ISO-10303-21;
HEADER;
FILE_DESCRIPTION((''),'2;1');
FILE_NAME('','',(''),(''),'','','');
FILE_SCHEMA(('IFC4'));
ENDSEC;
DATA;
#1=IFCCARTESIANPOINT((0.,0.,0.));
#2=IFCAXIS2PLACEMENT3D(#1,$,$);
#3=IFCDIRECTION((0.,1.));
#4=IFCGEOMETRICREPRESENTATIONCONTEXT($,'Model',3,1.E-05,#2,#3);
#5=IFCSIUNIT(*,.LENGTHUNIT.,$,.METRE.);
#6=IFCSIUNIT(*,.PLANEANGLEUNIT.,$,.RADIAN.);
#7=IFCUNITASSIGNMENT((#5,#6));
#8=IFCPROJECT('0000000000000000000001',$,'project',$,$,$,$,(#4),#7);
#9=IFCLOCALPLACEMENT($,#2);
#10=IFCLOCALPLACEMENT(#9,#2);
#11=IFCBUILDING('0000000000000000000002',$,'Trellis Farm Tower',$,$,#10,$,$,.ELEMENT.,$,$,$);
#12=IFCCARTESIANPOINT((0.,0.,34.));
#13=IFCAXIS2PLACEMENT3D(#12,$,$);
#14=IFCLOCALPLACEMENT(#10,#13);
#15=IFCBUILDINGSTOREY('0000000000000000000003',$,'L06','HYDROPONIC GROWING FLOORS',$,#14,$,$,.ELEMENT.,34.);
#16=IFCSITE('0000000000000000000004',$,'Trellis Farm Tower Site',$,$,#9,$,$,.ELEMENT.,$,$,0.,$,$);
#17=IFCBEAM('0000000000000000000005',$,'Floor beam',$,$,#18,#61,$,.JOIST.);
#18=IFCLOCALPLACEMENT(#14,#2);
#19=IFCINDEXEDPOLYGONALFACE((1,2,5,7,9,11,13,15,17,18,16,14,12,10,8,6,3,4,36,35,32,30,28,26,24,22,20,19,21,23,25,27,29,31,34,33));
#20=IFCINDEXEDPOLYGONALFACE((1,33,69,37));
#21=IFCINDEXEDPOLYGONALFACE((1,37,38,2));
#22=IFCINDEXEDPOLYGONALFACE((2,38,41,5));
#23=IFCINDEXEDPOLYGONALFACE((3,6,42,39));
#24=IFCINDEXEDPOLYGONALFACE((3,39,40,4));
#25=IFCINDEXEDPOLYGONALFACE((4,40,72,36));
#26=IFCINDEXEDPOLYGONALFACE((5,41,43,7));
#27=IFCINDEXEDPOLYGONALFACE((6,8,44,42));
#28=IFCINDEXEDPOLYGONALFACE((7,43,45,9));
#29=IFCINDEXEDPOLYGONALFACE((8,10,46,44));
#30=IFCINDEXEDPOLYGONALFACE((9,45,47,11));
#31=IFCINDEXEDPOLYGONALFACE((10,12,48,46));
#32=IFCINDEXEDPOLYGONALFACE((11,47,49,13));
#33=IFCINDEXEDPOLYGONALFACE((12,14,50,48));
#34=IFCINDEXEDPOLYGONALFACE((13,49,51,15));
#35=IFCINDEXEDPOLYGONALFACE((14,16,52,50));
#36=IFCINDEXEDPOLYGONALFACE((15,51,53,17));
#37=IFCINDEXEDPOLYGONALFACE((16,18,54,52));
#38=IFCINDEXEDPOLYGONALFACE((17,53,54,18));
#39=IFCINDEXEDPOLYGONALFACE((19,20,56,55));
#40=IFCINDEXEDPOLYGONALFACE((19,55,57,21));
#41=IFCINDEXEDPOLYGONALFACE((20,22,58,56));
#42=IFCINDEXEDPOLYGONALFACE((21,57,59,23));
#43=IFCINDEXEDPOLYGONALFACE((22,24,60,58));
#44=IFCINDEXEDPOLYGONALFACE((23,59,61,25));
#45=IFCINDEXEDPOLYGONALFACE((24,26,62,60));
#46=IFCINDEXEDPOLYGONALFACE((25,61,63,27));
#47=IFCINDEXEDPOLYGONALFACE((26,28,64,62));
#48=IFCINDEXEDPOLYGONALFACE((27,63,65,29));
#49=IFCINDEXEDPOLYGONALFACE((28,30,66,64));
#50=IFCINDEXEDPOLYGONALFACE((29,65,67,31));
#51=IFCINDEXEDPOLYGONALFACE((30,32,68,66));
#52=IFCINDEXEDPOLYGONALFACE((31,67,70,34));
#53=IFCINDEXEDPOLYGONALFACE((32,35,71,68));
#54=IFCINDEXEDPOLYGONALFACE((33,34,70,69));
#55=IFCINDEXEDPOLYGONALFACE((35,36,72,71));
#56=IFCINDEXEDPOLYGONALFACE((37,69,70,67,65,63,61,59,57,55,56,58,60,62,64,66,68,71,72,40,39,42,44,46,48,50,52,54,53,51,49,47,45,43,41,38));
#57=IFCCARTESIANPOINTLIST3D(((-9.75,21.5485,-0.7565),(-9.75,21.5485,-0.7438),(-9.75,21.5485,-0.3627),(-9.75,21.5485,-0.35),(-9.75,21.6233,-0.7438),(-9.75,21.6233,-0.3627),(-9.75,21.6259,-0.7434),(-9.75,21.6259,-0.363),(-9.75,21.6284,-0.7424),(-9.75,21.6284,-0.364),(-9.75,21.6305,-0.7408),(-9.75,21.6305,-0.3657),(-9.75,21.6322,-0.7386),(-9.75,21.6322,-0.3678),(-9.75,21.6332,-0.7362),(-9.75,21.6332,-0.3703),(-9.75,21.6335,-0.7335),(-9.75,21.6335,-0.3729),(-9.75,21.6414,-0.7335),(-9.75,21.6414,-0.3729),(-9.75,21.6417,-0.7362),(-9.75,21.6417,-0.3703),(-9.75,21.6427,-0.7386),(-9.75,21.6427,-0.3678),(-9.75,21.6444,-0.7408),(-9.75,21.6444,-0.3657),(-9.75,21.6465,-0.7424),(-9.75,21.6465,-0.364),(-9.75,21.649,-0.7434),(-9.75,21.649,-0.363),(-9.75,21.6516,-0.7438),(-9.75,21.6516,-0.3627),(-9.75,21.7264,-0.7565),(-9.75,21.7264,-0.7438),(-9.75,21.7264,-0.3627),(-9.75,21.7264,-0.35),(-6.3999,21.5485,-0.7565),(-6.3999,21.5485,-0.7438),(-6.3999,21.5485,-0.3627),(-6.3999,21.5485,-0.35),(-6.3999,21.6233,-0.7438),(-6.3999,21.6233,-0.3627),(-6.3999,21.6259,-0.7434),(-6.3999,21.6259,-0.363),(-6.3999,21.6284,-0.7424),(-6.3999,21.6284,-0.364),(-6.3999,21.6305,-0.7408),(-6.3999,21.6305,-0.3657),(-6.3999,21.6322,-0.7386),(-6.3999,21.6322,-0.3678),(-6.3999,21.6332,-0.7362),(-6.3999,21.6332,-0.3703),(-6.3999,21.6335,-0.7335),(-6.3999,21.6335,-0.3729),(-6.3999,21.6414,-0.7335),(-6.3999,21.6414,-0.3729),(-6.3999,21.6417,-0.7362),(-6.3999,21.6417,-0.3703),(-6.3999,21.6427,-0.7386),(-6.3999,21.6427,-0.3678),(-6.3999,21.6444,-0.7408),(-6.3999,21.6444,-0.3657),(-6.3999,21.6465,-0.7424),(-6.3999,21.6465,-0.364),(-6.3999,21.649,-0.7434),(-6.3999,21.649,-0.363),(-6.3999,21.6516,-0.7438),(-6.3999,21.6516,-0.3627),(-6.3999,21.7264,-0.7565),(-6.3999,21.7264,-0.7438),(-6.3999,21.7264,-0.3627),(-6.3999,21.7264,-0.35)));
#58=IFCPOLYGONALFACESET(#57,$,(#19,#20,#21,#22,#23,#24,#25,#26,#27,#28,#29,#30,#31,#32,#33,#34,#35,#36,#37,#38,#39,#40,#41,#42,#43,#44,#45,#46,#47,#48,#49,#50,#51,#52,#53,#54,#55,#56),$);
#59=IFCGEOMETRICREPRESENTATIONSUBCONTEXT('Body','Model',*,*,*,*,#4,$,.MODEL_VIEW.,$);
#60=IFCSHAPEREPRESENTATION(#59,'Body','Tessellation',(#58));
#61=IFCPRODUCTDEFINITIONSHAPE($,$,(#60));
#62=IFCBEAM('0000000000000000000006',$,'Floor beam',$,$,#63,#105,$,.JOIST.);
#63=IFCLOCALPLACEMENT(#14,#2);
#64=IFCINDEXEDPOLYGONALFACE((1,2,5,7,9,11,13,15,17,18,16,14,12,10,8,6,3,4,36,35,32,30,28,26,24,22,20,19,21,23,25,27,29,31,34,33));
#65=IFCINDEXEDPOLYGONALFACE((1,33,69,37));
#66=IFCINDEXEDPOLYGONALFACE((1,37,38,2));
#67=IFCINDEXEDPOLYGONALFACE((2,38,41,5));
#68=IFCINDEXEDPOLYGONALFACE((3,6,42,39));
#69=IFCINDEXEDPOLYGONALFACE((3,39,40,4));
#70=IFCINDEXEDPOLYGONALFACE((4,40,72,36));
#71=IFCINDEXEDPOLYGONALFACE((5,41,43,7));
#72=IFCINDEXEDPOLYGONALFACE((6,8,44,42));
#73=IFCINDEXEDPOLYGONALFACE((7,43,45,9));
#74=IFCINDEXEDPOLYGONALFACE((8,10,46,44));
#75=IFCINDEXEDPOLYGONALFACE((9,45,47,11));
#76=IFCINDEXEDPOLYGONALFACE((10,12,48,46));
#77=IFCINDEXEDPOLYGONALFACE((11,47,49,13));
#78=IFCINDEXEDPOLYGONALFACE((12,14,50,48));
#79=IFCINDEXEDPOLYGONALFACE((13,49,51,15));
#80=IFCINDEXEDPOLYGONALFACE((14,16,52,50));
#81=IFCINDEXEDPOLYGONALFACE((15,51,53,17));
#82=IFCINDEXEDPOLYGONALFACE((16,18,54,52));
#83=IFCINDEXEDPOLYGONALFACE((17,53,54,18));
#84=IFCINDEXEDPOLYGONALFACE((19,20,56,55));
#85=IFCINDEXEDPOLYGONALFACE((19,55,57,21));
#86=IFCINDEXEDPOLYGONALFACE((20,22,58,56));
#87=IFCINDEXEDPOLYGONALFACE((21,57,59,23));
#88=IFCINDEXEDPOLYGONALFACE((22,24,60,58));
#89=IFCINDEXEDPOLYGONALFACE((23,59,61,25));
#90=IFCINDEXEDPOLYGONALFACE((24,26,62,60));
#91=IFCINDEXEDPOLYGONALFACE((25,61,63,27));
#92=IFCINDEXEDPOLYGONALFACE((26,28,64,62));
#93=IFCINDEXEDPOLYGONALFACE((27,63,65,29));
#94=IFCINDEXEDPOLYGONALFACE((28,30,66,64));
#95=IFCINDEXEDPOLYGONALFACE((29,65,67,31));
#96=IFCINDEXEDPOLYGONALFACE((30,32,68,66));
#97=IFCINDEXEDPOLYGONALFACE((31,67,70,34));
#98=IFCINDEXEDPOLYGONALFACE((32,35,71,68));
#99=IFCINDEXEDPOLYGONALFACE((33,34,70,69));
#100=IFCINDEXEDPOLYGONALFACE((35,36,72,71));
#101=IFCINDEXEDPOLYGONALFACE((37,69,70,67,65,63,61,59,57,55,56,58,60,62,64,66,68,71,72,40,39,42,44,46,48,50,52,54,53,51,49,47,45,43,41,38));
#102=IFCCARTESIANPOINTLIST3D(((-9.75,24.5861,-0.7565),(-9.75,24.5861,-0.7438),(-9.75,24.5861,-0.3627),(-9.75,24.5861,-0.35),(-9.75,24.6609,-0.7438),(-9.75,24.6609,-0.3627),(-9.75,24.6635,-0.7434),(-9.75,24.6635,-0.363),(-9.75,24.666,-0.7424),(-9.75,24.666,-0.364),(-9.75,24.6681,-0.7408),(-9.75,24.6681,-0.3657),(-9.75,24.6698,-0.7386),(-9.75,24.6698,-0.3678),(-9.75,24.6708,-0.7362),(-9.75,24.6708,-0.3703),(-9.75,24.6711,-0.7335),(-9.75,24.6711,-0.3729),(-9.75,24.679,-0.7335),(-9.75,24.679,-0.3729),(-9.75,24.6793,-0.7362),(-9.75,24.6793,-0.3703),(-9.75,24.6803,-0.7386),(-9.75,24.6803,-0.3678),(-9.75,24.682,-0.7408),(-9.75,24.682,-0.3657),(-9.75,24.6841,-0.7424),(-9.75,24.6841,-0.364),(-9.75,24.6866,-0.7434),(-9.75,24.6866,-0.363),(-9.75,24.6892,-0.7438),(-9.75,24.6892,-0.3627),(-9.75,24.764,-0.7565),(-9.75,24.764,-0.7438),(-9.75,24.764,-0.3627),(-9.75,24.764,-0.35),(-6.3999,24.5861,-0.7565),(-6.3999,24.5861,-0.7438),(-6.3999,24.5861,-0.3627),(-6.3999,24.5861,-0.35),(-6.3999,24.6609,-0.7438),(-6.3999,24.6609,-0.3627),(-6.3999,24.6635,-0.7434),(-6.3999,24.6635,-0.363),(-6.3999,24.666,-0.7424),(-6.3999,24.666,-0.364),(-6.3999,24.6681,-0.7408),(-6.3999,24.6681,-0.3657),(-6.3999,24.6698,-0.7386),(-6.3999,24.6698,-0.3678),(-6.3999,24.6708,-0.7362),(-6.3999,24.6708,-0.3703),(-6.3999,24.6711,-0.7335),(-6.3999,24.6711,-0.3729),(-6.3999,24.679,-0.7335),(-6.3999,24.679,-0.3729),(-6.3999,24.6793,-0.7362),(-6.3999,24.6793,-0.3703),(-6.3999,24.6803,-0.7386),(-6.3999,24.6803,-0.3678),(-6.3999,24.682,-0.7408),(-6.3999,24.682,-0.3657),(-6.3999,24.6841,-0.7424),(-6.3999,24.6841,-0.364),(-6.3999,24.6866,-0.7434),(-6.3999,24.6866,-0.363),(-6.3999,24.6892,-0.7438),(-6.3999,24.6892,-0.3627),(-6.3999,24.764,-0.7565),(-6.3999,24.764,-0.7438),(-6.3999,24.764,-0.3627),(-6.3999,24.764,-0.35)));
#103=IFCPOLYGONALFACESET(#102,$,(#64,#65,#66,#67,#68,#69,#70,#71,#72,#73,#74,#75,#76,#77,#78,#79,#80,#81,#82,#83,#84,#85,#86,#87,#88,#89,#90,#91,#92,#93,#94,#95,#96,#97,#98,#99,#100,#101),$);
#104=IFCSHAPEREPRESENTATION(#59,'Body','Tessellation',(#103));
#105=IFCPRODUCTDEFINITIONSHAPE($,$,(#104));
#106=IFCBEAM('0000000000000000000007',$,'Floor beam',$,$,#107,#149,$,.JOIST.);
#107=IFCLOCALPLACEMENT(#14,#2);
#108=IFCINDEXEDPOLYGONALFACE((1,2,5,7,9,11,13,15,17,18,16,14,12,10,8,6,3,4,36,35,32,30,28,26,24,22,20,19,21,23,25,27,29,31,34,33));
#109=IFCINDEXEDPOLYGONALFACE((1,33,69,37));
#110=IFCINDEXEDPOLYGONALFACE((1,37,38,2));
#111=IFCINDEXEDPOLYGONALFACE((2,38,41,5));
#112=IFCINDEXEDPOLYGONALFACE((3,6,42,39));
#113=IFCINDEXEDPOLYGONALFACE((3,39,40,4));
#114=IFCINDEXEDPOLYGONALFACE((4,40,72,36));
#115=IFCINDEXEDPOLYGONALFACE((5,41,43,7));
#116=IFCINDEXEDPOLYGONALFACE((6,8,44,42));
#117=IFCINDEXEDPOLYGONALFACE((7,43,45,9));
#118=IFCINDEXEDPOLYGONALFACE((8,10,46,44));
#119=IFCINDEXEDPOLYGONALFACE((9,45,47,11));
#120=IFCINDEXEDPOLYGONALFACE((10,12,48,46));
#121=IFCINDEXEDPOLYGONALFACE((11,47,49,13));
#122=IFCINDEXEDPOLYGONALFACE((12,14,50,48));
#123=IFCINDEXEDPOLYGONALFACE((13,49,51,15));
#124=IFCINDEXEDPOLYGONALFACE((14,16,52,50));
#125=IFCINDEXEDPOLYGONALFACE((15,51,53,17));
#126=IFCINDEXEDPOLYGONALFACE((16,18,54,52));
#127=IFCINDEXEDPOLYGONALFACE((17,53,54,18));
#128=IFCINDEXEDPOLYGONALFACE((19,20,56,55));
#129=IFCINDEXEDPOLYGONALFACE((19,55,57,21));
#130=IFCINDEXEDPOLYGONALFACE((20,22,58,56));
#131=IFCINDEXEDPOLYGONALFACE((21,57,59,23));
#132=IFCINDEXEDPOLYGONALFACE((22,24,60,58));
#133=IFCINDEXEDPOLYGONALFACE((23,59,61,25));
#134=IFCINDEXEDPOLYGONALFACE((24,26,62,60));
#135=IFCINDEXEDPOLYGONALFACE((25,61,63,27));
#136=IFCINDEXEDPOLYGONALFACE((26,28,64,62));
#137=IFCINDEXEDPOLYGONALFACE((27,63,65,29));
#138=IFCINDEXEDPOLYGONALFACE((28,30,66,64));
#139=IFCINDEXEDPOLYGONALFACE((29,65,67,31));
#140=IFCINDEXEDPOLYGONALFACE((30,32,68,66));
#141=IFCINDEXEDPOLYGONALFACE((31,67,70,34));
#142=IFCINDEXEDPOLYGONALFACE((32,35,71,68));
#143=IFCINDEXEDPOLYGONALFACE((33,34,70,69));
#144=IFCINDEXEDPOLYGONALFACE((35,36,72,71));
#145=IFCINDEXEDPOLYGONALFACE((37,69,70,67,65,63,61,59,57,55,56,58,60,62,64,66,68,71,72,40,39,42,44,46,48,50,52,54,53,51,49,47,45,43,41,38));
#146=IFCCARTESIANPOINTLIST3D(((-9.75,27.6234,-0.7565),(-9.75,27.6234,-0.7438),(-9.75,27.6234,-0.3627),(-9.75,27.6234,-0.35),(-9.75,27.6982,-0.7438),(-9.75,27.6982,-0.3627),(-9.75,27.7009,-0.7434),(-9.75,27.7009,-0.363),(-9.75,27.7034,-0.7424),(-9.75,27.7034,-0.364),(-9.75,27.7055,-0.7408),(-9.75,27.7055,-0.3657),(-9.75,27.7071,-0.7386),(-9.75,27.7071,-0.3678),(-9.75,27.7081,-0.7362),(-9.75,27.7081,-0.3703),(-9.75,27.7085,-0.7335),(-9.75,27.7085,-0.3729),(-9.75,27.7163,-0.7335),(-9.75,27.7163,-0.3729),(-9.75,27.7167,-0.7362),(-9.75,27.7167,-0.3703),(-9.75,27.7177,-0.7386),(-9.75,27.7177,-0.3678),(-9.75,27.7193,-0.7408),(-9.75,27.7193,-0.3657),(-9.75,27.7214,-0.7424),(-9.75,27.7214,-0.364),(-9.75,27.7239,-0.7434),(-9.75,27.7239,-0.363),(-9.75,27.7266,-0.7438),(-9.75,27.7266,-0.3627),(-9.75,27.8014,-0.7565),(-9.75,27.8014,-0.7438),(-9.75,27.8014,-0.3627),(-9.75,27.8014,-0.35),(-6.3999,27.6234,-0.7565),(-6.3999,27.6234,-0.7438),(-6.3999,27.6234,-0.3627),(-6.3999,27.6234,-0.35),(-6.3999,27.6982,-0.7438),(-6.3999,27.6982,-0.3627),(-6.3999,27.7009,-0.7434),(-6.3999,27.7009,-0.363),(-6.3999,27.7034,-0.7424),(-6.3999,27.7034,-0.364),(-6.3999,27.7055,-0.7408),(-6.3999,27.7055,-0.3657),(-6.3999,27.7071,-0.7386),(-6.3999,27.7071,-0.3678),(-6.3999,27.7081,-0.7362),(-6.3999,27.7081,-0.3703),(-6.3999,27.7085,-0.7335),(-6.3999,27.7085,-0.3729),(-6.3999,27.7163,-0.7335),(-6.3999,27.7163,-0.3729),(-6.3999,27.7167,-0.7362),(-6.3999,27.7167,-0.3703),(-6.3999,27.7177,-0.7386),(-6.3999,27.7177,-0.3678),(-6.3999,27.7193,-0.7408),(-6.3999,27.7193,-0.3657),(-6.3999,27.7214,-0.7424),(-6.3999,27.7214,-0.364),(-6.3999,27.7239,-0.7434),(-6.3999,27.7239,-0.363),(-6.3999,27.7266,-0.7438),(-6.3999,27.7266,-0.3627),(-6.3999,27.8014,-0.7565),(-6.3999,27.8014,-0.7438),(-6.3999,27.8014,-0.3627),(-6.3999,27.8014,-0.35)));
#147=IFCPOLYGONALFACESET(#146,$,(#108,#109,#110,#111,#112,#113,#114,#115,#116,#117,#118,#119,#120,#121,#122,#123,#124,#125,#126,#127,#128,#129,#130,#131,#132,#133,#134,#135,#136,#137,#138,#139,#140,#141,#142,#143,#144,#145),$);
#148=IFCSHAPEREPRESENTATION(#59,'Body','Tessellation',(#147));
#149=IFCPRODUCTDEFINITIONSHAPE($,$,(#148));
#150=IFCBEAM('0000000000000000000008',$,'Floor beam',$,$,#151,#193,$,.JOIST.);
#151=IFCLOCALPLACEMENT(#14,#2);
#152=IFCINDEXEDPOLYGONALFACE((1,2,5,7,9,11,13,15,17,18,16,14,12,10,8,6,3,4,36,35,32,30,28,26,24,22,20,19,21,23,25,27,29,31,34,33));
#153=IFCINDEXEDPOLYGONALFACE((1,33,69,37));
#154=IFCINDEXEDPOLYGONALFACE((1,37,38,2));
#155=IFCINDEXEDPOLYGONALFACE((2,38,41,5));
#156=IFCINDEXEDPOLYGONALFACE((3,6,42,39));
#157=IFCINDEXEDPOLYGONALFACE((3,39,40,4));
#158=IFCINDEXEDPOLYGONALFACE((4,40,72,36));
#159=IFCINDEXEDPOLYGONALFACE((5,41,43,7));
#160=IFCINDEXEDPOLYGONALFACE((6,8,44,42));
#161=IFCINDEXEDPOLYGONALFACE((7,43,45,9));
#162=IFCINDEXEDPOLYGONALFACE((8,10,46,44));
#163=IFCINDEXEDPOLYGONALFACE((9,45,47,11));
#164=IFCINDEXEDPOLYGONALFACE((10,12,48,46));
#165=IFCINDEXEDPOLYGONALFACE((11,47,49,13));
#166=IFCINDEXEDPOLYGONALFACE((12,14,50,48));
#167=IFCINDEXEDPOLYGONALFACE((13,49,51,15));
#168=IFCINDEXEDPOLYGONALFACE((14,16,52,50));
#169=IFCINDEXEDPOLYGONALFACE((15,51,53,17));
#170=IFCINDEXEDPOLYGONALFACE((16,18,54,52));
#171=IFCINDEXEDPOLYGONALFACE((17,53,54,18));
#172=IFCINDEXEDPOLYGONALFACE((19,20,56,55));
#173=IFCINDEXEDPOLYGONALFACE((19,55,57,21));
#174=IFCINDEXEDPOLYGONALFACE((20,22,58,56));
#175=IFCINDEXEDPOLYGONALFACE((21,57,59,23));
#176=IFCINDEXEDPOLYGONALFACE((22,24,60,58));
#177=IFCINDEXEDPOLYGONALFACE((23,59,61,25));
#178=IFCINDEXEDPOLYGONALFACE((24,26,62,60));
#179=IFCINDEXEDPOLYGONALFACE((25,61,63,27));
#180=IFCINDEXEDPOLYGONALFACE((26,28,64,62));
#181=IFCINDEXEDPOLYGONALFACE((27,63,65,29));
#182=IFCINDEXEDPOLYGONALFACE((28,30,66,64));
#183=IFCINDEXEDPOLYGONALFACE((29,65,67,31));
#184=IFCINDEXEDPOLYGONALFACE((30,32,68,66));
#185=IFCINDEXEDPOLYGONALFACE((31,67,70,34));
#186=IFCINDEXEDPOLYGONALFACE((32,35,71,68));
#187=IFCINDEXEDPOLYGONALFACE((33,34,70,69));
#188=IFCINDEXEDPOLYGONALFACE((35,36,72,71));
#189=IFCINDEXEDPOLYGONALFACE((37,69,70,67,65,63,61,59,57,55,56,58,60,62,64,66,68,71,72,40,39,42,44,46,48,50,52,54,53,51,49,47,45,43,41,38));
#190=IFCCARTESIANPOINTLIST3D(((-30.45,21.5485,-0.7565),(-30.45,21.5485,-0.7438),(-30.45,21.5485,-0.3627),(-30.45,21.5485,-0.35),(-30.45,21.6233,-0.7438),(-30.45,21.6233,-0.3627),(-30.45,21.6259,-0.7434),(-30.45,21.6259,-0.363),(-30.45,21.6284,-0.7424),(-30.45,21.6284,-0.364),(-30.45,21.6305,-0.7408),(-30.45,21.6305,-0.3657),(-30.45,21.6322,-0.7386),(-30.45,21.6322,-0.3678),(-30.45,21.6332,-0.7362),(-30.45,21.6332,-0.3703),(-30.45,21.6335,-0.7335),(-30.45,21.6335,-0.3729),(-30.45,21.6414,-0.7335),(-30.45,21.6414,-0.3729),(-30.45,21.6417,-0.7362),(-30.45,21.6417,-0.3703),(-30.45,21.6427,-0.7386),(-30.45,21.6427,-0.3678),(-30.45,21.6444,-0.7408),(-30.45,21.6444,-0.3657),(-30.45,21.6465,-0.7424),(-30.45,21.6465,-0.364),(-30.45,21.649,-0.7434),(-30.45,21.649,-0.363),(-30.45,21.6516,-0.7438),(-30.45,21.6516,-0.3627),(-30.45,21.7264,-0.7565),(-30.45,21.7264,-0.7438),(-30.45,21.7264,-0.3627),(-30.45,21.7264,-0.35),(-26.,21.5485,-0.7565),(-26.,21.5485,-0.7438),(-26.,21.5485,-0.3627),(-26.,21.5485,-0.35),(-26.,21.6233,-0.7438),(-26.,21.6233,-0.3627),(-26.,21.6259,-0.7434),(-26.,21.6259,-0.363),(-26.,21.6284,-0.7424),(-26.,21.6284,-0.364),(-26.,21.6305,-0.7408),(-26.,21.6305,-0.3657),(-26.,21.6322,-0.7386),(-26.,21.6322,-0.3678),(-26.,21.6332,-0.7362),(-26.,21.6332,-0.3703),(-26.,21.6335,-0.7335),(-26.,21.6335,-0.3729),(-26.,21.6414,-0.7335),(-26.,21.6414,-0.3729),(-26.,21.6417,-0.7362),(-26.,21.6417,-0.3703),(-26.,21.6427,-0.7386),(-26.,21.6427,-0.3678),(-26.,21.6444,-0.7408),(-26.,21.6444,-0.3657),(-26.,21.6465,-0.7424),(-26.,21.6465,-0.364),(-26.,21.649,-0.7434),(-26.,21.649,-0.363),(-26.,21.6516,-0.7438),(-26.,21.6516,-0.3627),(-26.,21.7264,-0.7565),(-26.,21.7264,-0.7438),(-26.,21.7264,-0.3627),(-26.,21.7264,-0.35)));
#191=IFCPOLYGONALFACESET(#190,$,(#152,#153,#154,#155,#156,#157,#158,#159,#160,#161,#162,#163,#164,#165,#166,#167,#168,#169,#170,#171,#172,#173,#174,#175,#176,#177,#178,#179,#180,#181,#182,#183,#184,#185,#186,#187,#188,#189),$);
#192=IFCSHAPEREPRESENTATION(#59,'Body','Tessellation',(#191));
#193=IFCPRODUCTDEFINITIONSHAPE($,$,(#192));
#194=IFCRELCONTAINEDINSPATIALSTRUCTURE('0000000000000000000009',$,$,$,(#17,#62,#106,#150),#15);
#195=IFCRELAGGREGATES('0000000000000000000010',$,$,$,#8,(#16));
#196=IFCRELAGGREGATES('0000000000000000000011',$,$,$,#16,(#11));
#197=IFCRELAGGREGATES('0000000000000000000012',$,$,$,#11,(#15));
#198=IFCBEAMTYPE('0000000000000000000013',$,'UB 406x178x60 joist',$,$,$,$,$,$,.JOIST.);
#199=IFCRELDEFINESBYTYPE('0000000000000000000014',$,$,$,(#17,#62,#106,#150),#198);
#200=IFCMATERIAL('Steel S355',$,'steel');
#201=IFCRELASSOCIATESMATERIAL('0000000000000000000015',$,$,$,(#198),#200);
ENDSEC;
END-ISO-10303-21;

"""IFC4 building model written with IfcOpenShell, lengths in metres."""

from ifc_helpers import new_model, si_unit, direction, frame, origin, origin_2d, place, context, subcontext, project, spatial, i_section, extrude, source, transform, mapped, material, material_profile, profile_set, type_object, element, save


model = new_model("IFC4")

# Units and contexts
model_context = context("Model", 3, precision=1e-05, world=origin(), true_north=direction((0.0, 1.0)))
body_context = subcontext(model_context, "Body", "Model", "MODEL_VIEW")
ifc_project = project(units=[si_unit("LENGTHUNIT", "METRE"), si_unit("PLANEANGLEUNIT", "RADIAN")], contexts=[model_context])

# Site, building, storey
site_placement = place(None, origin())
site = spatial("IfcSite", under=ifc_project, at=site_placement, Name="Trellis Farm Tower Site", CompositionType="ELEMENT", RefElevation=0.0)
building_placement = place(site_placement, origin())
building = spatial("IfcBuilding", under=site, at=building_placement, Name="Trellis Farm Tower", CompositionType="ELEMENT")
storey_placement = place(building_placement, frame((0.0, 0.0, 34.0)))
storey = spatial("IfcBuildingStorey", under=building, at=storey_placement, Name="L06", Description="HYDROPONIC GROWING FLOORS", CompositionType="ELEMENT", Elevation=34.0)

# Beams
ifc_material_1 = material(Name="Steel S355", Category="steel")
ifc_material_profile_1 = material_profile(ifc_material_1, i_section(OverallWidth=0.178, OverallDepth=0.4065, WebThickness=0.0078, FlangeThickness=0.0127, FilletRadius=0.0103, at=origin_2d()), Name="UB 406x178x60")
ifc_profile_set_1 = profile_set([ifc_material_profile_1], Name="Steel S355")
beam_type_1 = type_object("IfcBeamType", Name="UB 406x178x60 joist", PredefinedType="JOIST", material=ifc_profile_set_1)
shared_shape_1 = source(origin(), body_context, "Body", "SweptSolid", [
    extrude(i_section(OverallWidth=0.178, OverallDepth=0.4065, WebThickness=0.0078, FlangeThickness=0.0127, FilletRadius=0.0103, at=origin_2d()), origin(), (0.0, 0.0, 1.0), 3.3501),
])
for number, where, z_axis, x_axis, name in (
    (1, (-9.75, 21.6375, -0.5532), (1.0, 0.0, 0.0), (0.0, 1.0, 0.0), "Floor beam"),
    (2, (-9.75, 24.675, -0.5532), (1.0, 0.0, 0.0), (0.0, 1.0, 0.0), "Floor beam"),
    (3, (-9.75, 27.7124, -0.5532), (1.0, 0.0, 0.0), (0.0, 1.0, 0.0), "Floor beam"),
):
    element("IfcBeam", number, at=place(storey_placement, frame(where, z_axis=z_axis, x_axis=x_axis)), inside=storey, type_object=beam_type_1, Name=name, PredefinedType="JOIST", context=body_context, shape_type="MappedRepresentation", body=[
        mapped(shared_shape_1, transform((0.0, 0.0, 0.0))),
    ])
shared_shape_2 = source(origin(), body_context, "Body", "SweptSolid", [
    extrude(i_section(OverallWidth=0.178, OverallDepth=0.4065, WebThickness=0.0078, FlangeThickness=0.0127, FilletRadius=0.0103, at=origin_2d()), origin(), (0.0, 0.0, 1.0), 4.45),
])
for number, where, z_axis, x_axis, name in (
    (4, (-30.45, 21.6375, -0.5532), (1.0, 0.0, 0.0), (0.0, 1.0, 0.0), "Floor beam"),
):
    element("IfcBeam", number, at=place(storey_placement, frame(where, z_axis=z_axis, x_axis=x_axis)), inside=storey, type_object=beam_type_1, Name=name, PredefinedType="JOIST", context=body_context, shape_type="MappedRepresentation", body=[
        mapped(shared_shape_2, transform((0.0, 0.0, 0.0))),
    ])

save(model, "model.ifc")
